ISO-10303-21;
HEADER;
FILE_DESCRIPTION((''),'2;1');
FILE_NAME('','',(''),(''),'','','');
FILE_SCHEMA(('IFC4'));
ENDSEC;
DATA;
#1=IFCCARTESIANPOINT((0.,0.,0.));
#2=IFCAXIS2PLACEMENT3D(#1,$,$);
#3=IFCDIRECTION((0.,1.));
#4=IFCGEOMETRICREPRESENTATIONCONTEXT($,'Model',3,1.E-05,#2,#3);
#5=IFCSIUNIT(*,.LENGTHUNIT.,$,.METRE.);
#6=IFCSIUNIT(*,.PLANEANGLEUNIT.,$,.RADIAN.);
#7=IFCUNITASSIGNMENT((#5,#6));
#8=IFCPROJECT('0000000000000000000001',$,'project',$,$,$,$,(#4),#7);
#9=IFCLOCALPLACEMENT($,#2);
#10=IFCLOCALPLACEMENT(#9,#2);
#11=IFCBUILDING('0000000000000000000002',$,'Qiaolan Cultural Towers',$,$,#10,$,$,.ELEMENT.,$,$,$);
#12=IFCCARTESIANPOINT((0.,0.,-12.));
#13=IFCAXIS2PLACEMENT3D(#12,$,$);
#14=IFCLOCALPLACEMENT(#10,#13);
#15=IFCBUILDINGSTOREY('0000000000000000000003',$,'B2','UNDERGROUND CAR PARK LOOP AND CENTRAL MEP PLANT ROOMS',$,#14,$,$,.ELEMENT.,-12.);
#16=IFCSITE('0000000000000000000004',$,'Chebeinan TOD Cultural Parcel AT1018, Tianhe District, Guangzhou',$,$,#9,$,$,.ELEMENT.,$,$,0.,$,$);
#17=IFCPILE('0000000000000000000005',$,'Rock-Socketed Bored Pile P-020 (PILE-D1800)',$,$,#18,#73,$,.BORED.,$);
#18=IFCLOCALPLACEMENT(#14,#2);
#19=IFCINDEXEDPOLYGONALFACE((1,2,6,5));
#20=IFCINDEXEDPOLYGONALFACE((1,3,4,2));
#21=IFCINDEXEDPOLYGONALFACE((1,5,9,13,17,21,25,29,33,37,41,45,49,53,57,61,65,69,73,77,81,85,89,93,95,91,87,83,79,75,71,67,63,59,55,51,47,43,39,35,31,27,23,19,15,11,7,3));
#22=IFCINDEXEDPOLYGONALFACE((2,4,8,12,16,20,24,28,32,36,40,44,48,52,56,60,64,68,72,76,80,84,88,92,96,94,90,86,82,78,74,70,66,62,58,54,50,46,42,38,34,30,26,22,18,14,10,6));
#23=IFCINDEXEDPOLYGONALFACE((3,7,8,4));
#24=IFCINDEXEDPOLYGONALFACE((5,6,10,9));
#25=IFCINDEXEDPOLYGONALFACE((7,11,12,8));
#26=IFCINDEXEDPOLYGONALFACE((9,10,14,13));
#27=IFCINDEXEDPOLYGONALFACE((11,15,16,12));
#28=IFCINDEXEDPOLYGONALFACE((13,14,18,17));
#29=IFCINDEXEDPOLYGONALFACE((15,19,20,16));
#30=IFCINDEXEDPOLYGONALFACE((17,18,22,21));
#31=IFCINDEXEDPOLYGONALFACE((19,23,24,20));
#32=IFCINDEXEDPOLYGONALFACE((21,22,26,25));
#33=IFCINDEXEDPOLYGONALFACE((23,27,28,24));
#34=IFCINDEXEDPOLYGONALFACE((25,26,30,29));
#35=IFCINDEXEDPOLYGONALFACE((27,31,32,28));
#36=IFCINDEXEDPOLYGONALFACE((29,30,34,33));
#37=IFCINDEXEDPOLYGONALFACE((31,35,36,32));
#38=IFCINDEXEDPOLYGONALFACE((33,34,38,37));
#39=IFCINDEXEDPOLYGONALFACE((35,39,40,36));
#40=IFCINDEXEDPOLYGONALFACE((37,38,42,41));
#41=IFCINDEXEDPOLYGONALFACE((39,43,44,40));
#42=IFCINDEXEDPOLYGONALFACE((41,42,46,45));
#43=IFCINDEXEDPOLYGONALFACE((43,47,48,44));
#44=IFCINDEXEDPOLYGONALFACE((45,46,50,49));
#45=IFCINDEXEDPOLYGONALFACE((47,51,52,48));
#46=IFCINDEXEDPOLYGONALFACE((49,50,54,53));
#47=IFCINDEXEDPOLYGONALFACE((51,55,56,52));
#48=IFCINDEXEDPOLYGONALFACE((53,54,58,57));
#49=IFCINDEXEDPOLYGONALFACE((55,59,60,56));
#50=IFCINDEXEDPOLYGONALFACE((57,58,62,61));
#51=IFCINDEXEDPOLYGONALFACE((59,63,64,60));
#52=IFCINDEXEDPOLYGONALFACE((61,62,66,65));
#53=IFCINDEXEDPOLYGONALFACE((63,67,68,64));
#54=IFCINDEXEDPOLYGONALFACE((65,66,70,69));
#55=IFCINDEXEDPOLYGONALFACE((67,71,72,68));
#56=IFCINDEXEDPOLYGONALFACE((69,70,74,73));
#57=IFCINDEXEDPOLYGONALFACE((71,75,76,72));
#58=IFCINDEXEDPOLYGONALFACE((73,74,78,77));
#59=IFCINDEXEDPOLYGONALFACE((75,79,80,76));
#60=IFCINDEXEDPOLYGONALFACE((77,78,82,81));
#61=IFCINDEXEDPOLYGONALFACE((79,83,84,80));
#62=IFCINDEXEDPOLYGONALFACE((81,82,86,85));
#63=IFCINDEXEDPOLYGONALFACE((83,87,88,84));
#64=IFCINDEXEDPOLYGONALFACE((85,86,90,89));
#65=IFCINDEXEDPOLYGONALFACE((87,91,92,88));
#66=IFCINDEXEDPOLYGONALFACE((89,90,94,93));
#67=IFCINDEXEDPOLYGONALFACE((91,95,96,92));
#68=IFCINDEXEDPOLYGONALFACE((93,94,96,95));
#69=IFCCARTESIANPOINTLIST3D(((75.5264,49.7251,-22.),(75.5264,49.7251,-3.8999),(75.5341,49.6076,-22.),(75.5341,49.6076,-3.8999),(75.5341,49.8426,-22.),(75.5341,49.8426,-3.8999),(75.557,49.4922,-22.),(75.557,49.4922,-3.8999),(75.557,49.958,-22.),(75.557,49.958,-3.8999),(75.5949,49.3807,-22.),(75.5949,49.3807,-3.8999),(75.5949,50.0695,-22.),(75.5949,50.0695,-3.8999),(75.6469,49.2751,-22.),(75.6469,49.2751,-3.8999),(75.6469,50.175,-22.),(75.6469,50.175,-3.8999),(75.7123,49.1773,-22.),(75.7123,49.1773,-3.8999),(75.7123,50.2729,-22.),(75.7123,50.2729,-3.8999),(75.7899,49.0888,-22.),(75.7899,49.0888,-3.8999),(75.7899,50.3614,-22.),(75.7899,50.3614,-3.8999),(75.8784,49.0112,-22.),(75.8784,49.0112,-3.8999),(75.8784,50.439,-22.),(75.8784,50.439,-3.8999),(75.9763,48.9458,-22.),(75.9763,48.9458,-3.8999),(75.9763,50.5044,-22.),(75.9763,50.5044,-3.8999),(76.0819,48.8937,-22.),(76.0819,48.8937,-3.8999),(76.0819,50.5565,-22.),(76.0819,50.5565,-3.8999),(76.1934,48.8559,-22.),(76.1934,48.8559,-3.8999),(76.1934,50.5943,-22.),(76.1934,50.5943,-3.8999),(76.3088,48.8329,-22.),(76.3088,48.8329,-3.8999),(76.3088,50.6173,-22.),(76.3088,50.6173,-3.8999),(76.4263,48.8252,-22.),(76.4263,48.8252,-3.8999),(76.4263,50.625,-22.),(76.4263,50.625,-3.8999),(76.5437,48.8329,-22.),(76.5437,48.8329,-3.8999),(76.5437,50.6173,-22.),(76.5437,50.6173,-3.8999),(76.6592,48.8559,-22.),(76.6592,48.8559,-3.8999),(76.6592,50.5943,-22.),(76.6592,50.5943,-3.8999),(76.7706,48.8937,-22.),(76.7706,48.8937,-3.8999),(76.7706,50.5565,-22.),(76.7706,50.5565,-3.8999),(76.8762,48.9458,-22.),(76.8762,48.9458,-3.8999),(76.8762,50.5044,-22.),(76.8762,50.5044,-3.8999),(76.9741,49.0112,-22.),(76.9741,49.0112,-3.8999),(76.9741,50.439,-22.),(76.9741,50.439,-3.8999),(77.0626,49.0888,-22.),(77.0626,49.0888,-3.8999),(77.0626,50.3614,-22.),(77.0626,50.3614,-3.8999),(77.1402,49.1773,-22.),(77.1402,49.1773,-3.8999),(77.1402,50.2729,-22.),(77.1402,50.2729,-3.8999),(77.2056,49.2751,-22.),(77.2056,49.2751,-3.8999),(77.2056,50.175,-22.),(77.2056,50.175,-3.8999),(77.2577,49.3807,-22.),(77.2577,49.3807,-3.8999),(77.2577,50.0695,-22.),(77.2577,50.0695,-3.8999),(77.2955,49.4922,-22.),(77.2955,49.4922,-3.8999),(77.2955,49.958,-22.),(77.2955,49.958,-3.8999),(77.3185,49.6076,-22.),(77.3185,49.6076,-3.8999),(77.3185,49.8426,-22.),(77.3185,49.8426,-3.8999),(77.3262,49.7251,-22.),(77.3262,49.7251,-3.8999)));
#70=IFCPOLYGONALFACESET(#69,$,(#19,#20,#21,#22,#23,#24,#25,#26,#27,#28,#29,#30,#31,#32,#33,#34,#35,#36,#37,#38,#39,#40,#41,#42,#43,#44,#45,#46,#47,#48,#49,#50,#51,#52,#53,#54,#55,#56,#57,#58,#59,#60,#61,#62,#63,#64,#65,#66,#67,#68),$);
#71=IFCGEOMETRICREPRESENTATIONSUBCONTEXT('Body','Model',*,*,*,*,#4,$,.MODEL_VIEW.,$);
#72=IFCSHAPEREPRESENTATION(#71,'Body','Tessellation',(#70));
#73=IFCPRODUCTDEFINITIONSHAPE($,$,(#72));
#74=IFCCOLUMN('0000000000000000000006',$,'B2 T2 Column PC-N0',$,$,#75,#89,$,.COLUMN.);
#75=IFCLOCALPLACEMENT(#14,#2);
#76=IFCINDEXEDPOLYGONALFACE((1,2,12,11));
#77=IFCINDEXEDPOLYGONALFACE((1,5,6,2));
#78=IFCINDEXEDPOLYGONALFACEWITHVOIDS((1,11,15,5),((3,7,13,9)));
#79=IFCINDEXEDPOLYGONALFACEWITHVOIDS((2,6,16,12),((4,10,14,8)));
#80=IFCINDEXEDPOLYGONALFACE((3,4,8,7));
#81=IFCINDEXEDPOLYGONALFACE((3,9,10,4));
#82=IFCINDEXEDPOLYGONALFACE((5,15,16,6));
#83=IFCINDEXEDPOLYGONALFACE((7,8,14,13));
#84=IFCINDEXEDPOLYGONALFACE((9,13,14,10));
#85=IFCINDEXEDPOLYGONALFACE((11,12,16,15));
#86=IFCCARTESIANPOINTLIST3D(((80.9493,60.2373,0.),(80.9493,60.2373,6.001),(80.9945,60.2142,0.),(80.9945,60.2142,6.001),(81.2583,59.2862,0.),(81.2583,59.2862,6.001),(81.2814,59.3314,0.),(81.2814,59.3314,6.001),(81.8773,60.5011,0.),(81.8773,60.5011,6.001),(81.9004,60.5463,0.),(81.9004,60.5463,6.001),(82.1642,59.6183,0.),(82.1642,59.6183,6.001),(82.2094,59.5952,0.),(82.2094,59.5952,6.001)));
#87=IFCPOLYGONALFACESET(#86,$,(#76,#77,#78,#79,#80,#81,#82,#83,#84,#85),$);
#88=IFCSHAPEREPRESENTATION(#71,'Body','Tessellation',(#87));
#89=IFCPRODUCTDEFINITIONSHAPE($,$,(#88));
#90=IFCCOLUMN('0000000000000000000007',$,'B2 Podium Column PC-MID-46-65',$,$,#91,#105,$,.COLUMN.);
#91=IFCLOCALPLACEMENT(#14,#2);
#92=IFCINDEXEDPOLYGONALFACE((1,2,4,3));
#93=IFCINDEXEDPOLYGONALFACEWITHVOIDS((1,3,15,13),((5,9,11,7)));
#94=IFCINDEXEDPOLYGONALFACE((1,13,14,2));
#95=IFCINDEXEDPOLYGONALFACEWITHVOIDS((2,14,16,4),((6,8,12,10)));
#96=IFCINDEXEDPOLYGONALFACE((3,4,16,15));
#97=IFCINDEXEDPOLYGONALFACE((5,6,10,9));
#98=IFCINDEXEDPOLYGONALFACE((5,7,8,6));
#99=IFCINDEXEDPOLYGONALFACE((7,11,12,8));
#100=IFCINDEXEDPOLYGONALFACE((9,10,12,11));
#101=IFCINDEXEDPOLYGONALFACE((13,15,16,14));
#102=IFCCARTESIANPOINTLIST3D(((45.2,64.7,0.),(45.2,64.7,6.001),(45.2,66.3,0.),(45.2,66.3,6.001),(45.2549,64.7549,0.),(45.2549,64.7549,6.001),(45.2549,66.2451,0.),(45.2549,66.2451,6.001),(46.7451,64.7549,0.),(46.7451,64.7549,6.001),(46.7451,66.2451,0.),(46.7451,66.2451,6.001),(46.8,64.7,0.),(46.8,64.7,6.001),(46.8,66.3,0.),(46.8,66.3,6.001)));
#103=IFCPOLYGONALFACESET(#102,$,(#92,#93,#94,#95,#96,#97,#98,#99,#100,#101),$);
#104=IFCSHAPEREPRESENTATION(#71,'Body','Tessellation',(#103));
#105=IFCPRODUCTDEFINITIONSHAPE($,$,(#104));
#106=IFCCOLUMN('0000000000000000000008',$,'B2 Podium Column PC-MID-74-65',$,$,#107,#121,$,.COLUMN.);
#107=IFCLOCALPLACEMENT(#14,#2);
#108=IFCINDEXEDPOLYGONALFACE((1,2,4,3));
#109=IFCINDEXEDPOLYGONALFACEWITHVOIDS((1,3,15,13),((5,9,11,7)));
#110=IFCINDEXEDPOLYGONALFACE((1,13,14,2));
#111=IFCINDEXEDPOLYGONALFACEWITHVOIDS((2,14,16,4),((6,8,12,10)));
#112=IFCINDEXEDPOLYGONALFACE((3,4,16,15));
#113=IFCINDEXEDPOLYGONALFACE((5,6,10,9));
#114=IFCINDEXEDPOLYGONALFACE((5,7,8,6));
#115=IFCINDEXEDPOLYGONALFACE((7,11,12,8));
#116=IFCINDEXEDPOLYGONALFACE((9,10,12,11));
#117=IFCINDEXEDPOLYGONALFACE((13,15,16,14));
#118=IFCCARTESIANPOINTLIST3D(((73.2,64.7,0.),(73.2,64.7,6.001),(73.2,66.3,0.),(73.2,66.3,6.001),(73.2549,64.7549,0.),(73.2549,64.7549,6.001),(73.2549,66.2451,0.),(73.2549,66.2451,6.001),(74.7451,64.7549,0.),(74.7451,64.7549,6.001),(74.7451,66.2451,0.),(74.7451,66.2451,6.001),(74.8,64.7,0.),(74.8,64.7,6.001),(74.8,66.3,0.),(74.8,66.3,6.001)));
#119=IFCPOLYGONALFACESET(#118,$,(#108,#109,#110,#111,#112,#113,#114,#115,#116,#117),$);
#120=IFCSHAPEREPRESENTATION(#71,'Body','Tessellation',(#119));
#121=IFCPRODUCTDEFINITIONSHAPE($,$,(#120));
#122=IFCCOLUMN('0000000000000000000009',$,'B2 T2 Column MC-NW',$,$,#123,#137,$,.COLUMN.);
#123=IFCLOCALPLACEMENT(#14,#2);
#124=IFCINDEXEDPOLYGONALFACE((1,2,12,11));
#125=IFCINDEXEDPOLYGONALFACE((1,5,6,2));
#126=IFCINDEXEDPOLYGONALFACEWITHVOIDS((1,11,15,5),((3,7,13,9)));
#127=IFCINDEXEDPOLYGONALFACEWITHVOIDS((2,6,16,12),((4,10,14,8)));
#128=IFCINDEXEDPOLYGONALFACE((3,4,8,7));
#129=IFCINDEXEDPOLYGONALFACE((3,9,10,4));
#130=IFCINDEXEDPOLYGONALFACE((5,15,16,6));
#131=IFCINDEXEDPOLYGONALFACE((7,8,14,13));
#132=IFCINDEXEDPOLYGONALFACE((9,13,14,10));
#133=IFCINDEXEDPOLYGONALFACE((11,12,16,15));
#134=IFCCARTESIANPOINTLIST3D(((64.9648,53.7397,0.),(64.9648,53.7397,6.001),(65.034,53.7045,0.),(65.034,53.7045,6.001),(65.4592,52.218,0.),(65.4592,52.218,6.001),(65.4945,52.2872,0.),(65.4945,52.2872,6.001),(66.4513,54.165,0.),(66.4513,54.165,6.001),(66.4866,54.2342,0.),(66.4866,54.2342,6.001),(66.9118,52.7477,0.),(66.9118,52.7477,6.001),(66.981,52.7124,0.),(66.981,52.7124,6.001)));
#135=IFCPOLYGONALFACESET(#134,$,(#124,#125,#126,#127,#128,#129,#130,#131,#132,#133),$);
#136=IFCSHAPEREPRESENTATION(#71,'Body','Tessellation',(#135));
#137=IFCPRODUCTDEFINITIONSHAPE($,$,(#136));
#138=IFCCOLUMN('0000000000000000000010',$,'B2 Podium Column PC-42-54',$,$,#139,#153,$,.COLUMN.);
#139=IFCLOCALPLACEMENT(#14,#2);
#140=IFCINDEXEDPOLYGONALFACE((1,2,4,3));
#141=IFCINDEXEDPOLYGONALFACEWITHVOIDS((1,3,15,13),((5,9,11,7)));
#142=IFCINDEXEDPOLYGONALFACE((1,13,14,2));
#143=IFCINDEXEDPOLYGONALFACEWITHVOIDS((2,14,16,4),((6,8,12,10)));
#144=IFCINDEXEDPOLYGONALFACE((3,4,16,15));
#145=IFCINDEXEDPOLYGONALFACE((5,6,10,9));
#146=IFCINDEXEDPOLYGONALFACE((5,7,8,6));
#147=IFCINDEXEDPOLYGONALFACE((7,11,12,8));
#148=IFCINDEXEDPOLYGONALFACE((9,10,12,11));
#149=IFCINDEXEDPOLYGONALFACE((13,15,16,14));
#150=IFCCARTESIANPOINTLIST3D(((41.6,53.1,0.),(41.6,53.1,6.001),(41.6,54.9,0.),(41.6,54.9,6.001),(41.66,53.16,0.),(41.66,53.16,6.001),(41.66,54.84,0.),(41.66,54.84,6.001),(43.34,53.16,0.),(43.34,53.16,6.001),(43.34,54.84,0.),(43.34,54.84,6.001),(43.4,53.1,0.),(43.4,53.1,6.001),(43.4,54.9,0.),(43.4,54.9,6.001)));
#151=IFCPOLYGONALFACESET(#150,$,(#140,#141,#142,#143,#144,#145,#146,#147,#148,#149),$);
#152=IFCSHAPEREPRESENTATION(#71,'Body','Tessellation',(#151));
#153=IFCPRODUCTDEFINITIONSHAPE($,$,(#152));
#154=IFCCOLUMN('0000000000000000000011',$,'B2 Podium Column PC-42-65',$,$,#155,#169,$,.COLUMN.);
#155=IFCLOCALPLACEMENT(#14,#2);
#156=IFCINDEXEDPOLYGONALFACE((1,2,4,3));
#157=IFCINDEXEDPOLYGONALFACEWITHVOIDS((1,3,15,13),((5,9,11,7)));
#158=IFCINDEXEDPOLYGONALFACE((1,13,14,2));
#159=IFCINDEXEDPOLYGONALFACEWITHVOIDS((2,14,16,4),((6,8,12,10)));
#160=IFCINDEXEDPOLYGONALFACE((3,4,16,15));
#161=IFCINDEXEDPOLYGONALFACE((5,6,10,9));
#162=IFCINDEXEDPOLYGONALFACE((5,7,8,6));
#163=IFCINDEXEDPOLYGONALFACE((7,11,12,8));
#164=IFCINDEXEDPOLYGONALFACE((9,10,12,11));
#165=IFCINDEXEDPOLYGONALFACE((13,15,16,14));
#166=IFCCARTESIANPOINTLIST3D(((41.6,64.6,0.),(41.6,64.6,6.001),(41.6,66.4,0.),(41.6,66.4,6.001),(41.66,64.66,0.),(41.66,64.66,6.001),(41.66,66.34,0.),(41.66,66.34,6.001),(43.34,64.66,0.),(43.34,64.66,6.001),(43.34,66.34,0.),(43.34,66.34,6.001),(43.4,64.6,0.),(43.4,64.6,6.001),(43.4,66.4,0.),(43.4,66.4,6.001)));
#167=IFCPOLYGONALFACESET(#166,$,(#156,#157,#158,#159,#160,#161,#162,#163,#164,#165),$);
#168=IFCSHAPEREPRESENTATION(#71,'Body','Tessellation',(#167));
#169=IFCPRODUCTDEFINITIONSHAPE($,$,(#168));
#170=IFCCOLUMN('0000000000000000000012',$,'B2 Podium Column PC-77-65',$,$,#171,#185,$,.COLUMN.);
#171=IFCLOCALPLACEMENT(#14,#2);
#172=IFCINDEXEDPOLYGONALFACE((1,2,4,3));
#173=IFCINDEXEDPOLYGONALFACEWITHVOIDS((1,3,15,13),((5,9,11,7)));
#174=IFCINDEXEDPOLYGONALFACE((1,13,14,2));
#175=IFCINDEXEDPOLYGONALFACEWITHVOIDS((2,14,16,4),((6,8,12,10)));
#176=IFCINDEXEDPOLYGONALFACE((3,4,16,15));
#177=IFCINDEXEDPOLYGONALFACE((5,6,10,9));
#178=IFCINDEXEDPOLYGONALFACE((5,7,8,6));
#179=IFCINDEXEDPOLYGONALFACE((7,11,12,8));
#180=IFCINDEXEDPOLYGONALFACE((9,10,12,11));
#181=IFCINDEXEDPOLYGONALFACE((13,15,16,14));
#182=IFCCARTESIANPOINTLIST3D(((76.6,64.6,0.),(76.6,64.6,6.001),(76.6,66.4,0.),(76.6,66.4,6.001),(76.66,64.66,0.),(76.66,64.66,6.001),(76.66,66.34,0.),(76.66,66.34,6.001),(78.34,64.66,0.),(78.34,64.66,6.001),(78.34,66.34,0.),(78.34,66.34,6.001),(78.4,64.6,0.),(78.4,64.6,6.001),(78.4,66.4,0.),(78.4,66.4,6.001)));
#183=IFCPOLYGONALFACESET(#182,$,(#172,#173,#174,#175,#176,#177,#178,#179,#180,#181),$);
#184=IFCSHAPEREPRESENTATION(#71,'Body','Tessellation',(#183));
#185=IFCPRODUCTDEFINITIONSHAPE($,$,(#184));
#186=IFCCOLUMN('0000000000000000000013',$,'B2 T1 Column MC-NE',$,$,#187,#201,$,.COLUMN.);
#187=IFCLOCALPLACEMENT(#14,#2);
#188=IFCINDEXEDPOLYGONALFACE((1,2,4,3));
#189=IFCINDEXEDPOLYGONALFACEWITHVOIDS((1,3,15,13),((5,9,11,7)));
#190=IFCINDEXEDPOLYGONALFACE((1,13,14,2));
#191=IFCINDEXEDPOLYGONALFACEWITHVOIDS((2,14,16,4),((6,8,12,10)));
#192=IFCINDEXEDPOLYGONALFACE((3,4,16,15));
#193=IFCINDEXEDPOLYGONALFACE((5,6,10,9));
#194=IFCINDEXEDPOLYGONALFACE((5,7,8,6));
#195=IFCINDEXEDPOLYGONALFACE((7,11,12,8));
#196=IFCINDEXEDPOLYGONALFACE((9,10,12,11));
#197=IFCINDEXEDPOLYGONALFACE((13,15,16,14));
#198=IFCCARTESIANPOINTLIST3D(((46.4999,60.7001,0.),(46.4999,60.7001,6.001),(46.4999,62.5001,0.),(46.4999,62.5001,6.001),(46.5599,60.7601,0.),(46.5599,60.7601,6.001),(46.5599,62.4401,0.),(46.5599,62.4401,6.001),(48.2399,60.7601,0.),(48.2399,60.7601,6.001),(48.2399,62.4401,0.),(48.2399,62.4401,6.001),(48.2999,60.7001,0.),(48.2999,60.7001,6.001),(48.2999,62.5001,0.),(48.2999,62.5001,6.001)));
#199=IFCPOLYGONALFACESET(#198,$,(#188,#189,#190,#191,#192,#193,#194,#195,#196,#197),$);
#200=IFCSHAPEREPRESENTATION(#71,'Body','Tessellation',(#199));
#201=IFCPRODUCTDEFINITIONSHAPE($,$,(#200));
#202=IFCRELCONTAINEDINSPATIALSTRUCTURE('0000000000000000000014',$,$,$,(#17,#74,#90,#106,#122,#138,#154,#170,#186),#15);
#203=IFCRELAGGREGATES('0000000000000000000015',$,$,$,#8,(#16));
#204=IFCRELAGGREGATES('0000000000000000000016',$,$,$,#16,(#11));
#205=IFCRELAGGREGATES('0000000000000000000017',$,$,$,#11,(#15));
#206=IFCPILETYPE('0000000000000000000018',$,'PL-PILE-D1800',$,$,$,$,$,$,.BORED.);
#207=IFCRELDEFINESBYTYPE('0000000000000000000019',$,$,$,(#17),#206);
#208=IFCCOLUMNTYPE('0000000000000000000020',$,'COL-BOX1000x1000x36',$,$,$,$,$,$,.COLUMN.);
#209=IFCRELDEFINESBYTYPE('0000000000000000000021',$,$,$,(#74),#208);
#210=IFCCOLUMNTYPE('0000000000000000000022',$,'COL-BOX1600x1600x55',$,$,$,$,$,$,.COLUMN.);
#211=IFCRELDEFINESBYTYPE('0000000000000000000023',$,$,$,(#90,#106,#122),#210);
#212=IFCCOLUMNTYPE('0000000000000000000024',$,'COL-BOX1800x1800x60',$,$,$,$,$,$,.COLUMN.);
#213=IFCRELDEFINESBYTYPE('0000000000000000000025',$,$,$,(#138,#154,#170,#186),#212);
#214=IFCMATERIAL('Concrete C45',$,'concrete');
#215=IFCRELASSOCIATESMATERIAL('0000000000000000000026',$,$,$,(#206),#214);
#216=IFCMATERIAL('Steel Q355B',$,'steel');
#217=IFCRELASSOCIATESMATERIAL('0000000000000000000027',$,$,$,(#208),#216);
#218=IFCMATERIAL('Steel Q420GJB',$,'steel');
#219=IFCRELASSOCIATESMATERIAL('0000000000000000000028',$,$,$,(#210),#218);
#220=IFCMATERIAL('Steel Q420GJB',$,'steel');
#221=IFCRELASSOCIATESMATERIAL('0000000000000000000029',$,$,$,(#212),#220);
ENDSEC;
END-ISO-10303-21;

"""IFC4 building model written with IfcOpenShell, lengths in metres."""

from ifc_helpers import new_model, si_unit, direction, frame, origin, origin_2d, place, context, subcontext, project, spatial, hollow_rectangle, circle, extrude, material, material_profile, profile_set, type_object, element, save


model = new_model("IFC4")

# Units and contexts
model_context = context("Model", 3, precision=1e-05, world=origin(), true_north=direction((0.0, 1.0)))
body_context = subcontext(model_context, "Body", "Model", "MODEL_VIEW")
ifc_project = project(units=[si_unit("LENGTHUNIT", "METRE"), si_unit("PLANEANGLEUNIT", "RADIAN")], contexts=[model_context])

# Site, building, storey
site_placement = place(None, origin())
site = spatial("IfcSite", under=ifc_project, at=site_placement, Name="Chebeinan TOD Cultural Parcel AT1018, Tianhe District, Guangzhou", CompositionType="ELEMENT", RefElevation=0.0)
building_placement = place(site_placement, origin())
building = spatial("IfcBuilding", under=site, at=building_placement, Name="Qiaolan Cultural Towers", CompositionType="ELEMENT")
storey_placement = place(building_placement, frame((0.0, 0.0, -12.0)))
storey = spatial("IfcBuildingStorey", under=building, at=storey_placement, Name="B2", Description="UNDERGROUND CAR PARK LOOP AND CENTRAL MEP PLANT ROOMS", CompositionType="ELEMENT", Elevation=-12.0)

# Pile
ifc_material_1 = material(Name="Concrete C45", Category="concrete")
ifc_material_profile_1 = material_profile(ifc_material_1, circle(Radius=0.8999, at=origin_2d()), Name="PILE-D1800")
ifc_profile_set_1 = profile_set([ifc_material_profile_1], Name="Concrete C45")
pile_type_1 = type_object("IfcPileType", Name="PL-PILE-D1800", PredefinedType="BORED", material=ifc_profile_set_1)
pile_placement = place(storey_placement, frame((76.4263, 49.7251, -3.8999), z_axis=(0.0, 0.0, -1.0), x_axis=(1.0, 0.0, 0.0)))
element("IfcPile", 1, at=pile_placement, inside=storey, type_object=pile_type_1, Name="Rock-Socketed Bored Pile P-020 (PILE-D1800)", PredefinedType="BORED", context=body_context, shape_type="SweptSolid", body=[
    extrude(circle(Radius=0.8999, at=origin_2d()), origin(), (0.0, 0.0, 1.0), 18.1001),
])

# Columns
ifc_material_2 = material(Name="Steel Q355B", Category="steel")
ifc_material_profile_2 = material_profile(ifc_material_2, hollow_rectangle(XDim=1.0, YDim=1.0, WallThickness=0.0359, at=origin_2d()), Name="BOX1000x1000x36")
ifc_profile_set_2 = profile_set([ifc_material_profile_2], Name="Steel Q355B")
column_type_1 = type_object("IfcColumnType", Name="COL-BOX1000x1000x36", PredefinedType="COLUMN", material=ifc_profile_set_2)
column_placement = place(storey_placement, frame((81.5793, 59.9163, 0.0), z_axis=(0.0, 0.0, 1.0), x_axis=(0.951057, 0.309017, 0.0)))
element("IfcColumn", 2, at=column_placement, inside=storey, type_object=column_type_1, Name="B2 T2 Column PC-N0", PredefinedType="COLUMN", context=body_context, shape_type="SweptSolid", body=[
    extrude(hollow_rectangle(XDim=1.0, YDim=1.0, WallThickness=0.0359, at=origin_2d()), origin(), (0.0, 0.0, 1.0), 6.001),
])
ifc_material_3 = material(Name="Steel Q420GJB", Category="steel")
ifc_material_profile_3 = material_profile(ifc_material_3, hollow_rectangle(XDim=1.6001, YDim=1.6001, WallThickness=0.0549, at=origin_2d()), Name="BOX1600x1600x55")
ifc_profile_set_3 = profile_set([ifc_material_profile_3], Name="Steel Q420GJB")
column_type_2 = type_object("IfcColumnType", Name="COL-BOX1600x1600x55", PredefinedType="COLUMN", material=ifc_profile_set_3)
for number, where, z_axis, x_axis, name in (
    (3, (46.0, 65.5, 0.0), (0.0, 0.0, 1.0), (1.0, 0.0, 0.0), "B2 Podium Column PC-MID-46-65"),
    (4, (74.0, 65.5, 0.0), (0.0, 0.0, 1.0), (1.0, 0.0, 0.0), "B2 Podium Column PC-MID-74-65"),
    (5, (65.9729, 53.2261, 0.0), (0.0, 0.0, 1.0), (0.951057, 0.309017, 0.0), "B2 T2 Column MC-NW"),
):
    element("IfcColumn", number, at=place(storey_placement, frame(where, z_axis=z_axis, x_axis=x_axis)), inside=storey, type_object=column_type_2, Name=name, PredefinedType="COLUMN", context=body_context, shape_type="SweptSolid", body=[
        extrude(hollow_rectangle(XDim=1.6001, YDim=1.6001, WallThickness=0.0549, at=origin_2d()), origin(), (0.0, 0.0, 1.0), 6.001),
    ])
ifc_material_4 = material(Name="Steel Q420GJB", Category="steel")
ifc_material_profile_4 = material_profile(ifc_material_4, hollow_rectangle(XDim=1.8, YDim=1.8, WallThickness=0.0601, at=origin_2d()), Name="BOX1800x1800x60")
ifc_profile_set_4 = profile_set([ifc_material_profile_4], Name="Steel Q420GJB")
column_type_3 = type_object("IfcColumnType", Name="COL-BOX1800x1800x60", PredefinedType="COLUMN", material=ifc_profile_set_4)
for number, where, z_axis, x_axis, name in (
    (6, (42.5, 54.0, 0.0), (0.0, 0.0, 1.0), (1.0, 0.0, 0.0), "B2 Podium Column PC-42-54"),
    (7, (42.5, 65.5, 0.0), (0.0, 0.0, 1.0), (1.0, 0.0, 0.0), "B2 Podium Column PC-42-65"),
    (8, (77.5, 65.5, 0.0), (0.0, 0.0, 1.0), (1.0, 0.0, 0.0), "B2 Podium Column PC-77-65"),
    (9, (47.3999, 61.6001, 0.0), (0.0, 0.0, 1.0), (1.0, 0.0, 0.0), "B2 T1 Column MC-NE"),
):
    element("IfcColumn", number, at=place(storey_placement, frame(where, z_axis=z_axis, x_axis=x_axis)), inside=storey, type_object=column_type_3, Name=name, PredefinedType="COLUMN", context=body_context, shape_type="SweptSolid", body=[
        extrude(hollow_rectangle(XDim=1.8, YDim=1.8, WallThickness=0.0601, at=origin_2d()), origin(), (0.0, 0.0, 1.0), 6.001),
    ])

save(model, "model.ifc")
